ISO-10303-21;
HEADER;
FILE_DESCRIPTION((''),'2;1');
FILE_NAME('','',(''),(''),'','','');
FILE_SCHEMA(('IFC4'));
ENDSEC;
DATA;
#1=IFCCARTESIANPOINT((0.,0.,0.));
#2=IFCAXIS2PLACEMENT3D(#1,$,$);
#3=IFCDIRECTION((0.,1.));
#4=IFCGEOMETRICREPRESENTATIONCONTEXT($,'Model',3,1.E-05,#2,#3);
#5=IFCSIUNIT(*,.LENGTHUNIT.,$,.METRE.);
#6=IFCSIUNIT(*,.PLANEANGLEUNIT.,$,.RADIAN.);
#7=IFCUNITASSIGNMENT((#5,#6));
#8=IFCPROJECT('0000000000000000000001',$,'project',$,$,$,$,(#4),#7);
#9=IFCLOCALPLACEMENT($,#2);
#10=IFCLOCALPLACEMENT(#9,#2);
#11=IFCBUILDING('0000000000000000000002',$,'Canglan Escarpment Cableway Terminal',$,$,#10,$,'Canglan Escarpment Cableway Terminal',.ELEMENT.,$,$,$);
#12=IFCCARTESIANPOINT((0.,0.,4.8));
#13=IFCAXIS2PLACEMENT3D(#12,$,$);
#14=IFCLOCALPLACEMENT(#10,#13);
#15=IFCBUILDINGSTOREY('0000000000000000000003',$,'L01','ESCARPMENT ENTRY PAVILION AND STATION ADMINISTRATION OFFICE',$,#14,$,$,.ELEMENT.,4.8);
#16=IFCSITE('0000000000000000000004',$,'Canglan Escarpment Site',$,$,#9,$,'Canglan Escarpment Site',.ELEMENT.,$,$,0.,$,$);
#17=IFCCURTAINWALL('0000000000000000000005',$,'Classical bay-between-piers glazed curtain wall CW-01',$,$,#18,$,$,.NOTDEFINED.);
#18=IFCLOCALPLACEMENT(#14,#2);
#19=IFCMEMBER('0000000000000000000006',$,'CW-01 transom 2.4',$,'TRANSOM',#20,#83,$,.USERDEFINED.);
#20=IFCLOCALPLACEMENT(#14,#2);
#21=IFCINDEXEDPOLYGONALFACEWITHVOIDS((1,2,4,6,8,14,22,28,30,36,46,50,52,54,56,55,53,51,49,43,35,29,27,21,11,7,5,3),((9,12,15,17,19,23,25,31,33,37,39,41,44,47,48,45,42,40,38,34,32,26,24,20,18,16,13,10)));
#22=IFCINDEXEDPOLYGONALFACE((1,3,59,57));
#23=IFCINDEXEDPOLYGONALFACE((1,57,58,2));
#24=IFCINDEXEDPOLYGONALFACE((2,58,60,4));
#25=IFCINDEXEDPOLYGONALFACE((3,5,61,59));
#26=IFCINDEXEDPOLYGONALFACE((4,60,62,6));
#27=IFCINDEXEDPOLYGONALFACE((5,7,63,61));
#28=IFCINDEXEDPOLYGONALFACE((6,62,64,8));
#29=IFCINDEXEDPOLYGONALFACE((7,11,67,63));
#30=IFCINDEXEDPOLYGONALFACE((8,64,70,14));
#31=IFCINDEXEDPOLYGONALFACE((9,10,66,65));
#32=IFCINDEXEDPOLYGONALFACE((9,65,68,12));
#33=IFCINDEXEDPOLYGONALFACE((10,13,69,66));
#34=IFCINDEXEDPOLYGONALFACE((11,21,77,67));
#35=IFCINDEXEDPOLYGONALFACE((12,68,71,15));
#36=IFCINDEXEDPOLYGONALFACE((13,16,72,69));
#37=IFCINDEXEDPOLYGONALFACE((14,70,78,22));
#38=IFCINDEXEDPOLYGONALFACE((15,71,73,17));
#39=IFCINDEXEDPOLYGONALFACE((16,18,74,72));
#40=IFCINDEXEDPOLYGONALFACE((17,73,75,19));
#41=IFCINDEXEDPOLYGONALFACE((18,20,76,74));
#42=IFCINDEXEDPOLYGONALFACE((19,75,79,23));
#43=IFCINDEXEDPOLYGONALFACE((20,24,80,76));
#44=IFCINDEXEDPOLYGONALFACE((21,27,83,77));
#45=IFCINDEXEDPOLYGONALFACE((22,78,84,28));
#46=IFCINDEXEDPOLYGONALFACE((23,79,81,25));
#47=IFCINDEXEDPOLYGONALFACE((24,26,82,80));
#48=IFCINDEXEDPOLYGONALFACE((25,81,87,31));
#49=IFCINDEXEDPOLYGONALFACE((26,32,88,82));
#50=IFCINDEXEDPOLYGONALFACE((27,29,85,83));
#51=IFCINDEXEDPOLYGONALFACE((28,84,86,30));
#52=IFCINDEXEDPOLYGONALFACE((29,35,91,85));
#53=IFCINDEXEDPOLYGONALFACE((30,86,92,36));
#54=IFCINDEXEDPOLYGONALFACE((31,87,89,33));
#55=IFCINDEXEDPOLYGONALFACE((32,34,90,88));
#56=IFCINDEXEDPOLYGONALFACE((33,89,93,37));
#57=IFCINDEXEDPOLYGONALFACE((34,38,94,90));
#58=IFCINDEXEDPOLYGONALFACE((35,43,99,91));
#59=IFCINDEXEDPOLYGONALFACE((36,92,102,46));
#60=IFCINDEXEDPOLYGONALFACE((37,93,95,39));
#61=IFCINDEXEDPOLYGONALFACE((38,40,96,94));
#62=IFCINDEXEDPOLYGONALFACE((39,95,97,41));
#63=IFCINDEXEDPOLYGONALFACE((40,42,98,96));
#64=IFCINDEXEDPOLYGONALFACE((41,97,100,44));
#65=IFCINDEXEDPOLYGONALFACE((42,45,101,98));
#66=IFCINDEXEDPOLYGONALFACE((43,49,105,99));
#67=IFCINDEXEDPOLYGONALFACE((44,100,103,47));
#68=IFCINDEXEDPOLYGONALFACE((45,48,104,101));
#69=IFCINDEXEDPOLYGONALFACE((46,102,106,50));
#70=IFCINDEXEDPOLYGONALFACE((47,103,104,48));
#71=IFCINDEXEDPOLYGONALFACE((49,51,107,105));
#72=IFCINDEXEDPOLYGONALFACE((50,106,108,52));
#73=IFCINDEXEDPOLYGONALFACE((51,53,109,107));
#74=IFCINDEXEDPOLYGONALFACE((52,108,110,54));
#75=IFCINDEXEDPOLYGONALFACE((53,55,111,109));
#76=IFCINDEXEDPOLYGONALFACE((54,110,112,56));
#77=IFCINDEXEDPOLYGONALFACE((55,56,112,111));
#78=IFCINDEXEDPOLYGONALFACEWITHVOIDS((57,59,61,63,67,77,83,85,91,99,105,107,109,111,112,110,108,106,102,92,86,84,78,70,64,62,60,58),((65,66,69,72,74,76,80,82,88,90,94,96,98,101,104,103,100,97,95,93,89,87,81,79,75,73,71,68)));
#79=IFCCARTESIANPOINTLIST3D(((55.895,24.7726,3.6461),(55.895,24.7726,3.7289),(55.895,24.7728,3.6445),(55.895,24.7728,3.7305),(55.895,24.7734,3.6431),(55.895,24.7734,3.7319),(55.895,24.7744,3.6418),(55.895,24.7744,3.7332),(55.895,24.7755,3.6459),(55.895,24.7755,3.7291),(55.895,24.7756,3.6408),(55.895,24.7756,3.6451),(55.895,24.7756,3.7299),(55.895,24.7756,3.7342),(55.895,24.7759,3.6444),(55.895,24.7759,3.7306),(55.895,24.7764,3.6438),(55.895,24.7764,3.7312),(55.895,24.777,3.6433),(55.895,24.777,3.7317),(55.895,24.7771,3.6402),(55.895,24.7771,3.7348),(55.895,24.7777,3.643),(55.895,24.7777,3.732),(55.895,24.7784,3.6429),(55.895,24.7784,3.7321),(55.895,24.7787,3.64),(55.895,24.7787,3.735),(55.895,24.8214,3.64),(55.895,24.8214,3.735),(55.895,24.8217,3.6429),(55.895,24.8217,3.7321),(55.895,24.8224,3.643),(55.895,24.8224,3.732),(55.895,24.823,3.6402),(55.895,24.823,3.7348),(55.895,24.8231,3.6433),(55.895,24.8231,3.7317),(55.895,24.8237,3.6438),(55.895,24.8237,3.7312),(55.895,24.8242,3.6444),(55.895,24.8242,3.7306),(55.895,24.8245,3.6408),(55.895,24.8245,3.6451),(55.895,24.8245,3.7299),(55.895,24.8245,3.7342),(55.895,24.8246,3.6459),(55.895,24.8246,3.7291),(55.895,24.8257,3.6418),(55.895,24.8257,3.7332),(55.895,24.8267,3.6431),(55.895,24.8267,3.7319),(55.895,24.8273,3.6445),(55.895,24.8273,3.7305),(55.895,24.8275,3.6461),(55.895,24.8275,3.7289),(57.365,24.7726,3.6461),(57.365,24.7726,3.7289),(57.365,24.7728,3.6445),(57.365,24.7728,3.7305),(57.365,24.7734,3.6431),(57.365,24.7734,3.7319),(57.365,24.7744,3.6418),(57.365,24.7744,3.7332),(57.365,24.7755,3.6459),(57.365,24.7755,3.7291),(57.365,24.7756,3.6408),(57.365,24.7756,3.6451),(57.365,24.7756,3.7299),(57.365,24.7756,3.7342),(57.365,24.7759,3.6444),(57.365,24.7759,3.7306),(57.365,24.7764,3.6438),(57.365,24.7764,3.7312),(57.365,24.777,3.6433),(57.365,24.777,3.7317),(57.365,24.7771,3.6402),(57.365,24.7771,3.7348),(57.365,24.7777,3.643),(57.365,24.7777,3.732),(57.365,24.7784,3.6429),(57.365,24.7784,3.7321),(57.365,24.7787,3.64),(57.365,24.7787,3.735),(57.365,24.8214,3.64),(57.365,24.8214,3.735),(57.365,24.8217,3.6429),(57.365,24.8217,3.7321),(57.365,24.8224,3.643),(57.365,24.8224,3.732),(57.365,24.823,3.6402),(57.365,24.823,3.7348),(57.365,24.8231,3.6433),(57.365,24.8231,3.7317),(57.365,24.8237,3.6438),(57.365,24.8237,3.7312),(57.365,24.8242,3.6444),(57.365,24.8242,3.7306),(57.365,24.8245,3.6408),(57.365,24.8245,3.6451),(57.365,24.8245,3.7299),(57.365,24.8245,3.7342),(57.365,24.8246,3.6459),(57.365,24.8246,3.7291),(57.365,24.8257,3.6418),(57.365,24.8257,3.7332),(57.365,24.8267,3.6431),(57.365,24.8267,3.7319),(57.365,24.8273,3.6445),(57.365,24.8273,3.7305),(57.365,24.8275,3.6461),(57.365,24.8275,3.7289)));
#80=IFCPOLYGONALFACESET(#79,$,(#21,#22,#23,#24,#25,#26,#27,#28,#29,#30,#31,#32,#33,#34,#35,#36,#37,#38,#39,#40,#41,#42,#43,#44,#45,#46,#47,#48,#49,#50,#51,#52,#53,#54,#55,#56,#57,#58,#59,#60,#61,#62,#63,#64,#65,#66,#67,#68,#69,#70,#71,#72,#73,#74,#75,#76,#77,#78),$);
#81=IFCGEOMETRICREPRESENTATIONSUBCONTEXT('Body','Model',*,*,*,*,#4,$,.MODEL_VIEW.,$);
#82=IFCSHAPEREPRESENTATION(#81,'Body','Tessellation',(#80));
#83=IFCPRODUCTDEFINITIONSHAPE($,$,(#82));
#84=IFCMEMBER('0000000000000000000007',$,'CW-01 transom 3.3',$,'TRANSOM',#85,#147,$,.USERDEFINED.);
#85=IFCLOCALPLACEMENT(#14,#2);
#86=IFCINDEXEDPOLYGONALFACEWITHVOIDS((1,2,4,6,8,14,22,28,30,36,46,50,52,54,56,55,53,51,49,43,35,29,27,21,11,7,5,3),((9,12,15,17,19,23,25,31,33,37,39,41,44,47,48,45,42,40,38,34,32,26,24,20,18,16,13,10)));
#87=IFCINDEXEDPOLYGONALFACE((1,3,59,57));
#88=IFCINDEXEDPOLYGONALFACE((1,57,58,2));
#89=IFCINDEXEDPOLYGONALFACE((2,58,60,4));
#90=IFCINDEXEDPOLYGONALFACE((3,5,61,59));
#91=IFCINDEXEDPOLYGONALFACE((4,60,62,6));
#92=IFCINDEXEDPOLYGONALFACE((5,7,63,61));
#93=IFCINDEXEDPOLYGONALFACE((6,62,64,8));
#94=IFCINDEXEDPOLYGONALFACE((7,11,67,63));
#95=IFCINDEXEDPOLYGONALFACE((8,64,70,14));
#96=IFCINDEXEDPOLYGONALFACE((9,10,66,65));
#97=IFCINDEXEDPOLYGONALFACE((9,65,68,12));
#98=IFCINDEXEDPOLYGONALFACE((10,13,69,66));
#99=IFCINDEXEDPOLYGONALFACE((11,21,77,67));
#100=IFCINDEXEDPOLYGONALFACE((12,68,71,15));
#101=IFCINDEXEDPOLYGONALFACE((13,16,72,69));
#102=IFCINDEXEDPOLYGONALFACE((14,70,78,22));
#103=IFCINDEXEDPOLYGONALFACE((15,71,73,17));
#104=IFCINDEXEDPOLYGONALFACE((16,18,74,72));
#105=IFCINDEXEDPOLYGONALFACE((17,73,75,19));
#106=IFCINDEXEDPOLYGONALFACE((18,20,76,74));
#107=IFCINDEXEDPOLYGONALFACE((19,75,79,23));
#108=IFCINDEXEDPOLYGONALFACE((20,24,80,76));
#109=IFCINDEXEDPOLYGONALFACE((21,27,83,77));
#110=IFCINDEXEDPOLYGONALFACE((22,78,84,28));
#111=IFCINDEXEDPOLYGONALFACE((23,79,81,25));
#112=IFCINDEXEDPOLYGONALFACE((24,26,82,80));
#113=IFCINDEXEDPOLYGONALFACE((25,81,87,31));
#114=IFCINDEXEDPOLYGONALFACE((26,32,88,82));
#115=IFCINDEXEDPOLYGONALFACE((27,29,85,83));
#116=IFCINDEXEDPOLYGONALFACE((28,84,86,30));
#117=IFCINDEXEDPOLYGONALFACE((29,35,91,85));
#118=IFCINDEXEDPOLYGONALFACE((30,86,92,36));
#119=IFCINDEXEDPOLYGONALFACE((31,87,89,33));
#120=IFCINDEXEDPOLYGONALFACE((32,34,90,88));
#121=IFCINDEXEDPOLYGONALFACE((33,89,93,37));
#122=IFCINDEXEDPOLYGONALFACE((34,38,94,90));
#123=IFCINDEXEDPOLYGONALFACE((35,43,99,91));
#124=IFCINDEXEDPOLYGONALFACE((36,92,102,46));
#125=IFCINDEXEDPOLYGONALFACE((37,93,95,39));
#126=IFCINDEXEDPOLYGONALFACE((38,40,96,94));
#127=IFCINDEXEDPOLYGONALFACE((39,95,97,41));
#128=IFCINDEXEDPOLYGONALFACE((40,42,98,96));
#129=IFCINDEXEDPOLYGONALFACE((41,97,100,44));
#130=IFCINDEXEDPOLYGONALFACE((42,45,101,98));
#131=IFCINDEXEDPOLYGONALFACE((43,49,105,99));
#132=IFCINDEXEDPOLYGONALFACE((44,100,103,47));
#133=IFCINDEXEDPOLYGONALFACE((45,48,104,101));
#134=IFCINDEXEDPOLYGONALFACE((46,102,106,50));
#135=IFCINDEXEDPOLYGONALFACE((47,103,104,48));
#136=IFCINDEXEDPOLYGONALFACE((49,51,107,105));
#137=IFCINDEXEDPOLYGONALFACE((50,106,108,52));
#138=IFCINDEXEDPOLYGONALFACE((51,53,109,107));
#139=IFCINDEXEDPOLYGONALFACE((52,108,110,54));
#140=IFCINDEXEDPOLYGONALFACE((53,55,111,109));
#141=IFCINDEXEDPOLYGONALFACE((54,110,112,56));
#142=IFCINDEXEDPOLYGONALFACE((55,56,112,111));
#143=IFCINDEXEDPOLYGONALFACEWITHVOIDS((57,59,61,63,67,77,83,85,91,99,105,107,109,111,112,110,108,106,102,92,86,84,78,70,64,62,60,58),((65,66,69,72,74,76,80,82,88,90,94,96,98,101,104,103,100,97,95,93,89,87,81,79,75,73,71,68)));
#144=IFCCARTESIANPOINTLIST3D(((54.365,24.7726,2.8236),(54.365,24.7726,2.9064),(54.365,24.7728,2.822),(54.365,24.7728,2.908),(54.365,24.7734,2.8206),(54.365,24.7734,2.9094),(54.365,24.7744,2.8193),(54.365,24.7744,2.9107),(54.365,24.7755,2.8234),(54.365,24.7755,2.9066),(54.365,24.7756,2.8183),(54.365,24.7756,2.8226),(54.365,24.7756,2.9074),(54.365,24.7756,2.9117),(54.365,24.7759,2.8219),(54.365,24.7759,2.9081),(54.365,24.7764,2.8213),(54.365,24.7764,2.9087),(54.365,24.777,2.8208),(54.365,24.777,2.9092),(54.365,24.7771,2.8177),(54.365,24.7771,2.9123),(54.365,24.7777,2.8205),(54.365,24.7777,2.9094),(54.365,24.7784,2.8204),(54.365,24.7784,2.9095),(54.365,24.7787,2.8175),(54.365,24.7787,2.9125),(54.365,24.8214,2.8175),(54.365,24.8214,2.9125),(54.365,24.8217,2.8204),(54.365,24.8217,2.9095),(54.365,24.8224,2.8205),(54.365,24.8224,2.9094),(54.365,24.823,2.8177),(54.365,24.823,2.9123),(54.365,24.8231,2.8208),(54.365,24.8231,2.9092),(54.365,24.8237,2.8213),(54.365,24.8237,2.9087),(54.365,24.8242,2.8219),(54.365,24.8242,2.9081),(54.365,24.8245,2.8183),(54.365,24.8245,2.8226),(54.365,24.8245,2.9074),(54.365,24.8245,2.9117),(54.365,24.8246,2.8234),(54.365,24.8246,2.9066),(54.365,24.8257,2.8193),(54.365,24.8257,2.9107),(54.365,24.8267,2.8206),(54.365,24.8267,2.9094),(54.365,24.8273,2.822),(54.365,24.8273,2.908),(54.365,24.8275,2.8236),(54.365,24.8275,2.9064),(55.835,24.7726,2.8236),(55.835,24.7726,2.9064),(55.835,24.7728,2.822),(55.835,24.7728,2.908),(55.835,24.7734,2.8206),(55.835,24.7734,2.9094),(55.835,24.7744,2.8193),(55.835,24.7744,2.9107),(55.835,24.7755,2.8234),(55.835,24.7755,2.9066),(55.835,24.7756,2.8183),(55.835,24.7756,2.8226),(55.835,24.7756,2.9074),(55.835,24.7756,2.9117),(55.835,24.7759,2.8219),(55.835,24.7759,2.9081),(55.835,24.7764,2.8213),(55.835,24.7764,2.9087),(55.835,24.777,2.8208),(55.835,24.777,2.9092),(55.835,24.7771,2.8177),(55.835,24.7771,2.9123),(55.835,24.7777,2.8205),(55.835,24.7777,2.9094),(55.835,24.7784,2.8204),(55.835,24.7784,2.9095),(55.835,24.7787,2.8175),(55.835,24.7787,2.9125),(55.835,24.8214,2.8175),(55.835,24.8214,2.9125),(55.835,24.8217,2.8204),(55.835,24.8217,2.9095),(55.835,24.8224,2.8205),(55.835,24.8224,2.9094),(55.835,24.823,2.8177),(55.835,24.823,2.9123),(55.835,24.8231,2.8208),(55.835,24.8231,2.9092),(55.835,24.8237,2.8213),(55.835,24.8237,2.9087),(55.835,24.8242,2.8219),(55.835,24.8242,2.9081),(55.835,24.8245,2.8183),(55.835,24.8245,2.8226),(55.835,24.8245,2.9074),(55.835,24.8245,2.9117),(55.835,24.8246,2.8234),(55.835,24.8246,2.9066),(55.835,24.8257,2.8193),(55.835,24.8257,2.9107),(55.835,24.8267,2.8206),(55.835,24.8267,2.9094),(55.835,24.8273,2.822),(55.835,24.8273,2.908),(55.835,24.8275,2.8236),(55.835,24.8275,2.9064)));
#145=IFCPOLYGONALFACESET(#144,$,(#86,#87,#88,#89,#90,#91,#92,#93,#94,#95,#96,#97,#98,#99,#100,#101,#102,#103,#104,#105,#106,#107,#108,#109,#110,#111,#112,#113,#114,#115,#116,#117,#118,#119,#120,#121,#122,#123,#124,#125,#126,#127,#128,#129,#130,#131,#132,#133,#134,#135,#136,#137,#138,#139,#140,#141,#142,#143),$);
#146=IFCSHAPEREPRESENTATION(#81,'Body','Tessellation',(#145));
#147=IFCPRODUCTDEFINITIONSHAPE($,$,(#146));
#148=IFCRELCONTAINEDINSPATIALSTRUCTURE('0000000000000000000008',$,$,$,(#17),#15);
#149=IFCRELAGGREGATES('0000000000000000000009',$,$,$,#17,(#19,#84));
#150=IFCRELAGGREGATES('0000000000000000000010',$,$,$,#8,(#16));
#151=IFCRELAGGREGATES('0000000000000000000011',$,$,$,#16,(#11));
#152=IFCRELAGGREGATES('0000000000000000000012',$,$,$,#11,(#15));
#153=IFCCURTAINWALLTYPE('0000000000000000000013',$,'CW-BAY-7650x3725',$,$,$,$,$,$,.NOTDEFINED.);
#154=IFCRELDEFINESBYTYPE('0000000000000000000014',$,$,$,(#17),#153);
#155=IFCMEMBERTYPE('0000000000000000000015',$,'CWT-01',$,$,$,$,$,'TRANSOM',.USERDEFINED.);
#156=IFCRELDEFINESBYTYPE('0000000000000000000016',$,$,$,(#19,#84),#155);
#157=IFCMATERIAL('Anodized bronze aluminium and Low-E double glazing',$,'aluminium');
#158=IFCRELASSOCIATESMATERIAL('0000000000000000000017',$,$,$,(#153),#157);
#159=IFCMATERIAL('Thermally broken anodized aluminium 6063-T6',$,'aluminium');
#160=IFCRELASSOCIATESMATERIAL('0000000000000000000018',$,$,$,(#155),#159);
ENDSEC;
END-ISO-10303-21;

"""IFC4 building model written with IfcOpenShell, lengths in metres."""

from ifc_helpers import new_model, si_unit, direction, frame, origin, origin_2d, place, context, subcontext, project, spatial, hollow_rectangle, extrude, material, material_profile, profile_set, type_object, element, aggregate, save


model = new_model("IFC4")

# Units and contexts
model_context = context("Model", 3, precision=1e-05, world=origin(), true_north=direction((0.0, 1.0)))
body_context = subcontext(model_context, "Body", "Model", "MODEL_VIEW")
ifc_project = project(units=[si_unit("LENGTHUNIT", "METRE"), si_unit("PLANEANGLEUNIT", "RADIAN")], contexts=[model_context])

# Site, building, storey
site_placement = place(None, origin())
site = spatial("IfcSite", under=ifc_project, at=site_placement, Name="Canglan Escarpment Site", LongName="Canglan Escarpment Site", CompositionType="ELEMENT", RefElevation=0.0)
building_placement = place(site_placement, origin())
building = spatial("IfcBuilding", under=site, at=building_placement, Name="Canglan Escarpment Cableway Terminal", LongName="Canglan Escarpment Cableway Terminal", CompositionType="ELEMENT")
storey_placement = place(building_placement, frame((0.0, 0.0, 4.8)))
storey = spatial("IfcBuildingStorey", under=building, at=storey_placement, Name="L01", Description="ESCARPMENT ENTRY PAVILION AND STATION ADMINISTRATION OFFICE", CompositionType="ELEMENT", Elevation=4.8)

# Curtain wall, members
ifc_material_1 = material(Name="Anodized bronze aluminium and Low-E double glazing", Category="aluminium")
curtain_wall_type = type_object("IfcCurtainWallType", Name="CW-BAY-7650x3725", PredefinedType="NOTDEFINED", material=ifc_material_1)
curtain_wall_placement = place(storey_placement, origin())
curtain_wall = element("IfcCurtainWall", 1, at=curtain_wall_placement, inside=storey, type_object=curtain_wall_type, Name="Classical bay-between-piers glazed curtain wall CW-01", PredefinedType="NOTDEFINED")
ifc_material_2 = material(Name="Thermally broken anodized aluminium 6063-T6", Category="aluminium")
ifc_material_profile_1 = material_profile(ifc_material_2, hollow_rectangle(XDim=0.0549, YDim=0.095, WallThickness=0.0029, InnerFilletRadius=0.0029, OuterFilletRadius=0.0061, at=origin_2d()), Name="ALU-TRAN 55x95x3")
ifc_profile_set_1 = profile_set([ifc_material_profile_1], Name="Thermally broken anodized aluminium 6063-T6")
member_type_1 = type_object("IfcMemberType", Name="CWT-01", ElementType="TRANSOM", PredefinedType="USERDEFINED", material=ifc_profile_set_1)
member_1_placement = place(storey_placement, frame((57.365, 24.8, 3.6875), z_axis=(-1.0, 0.0, 0.0), x_axis=(0.0, -1.0, 0.0)))
member_1 = element("IfcMember", 2, at=member_1_placement, type_object=member_type_1, Name="CW-01 transom 2.4", ObjectType="TRANSOM", PredefinedType="USERDEFINED", context=body_context, shape_type="SweptSolid", body=[
    extrude(hollow_rectangle(XDim=0.0549, YDim=0.095, WallThickness=0.0029, InnerFilletRadius=0.0029, OuterFilletRadius=0.0061, at=origin_2d()), origin(), (0.0, 0.0, 1.0), 1.47),
])
member_2_placement = place(storey_placement, frame((55.835, 24.8, 2.865), z_axis=(-1.0, 0.0, 0.0), x_axis=(0.0, -1.0, 0.0)))
member_2 = element("IfcMember", 3, at=member_2_placement, type_object=member_type_1, Name="CW-01 transom 3.3", ObjectType="TRANSOM", PredefinedType="USERDEFINED", context=body_context, shape_type="SweptSolid", body=[
    extrude(hollow_rectangle(XDim=0.0549, YDim=0.095, WallThickness=0.0029, InnerFilletRadius=0.0029, OuterFilletRadius=0.0061, at=origin_2d()), origin(), (0.0, 0.0, 1.0), 1.47),
])

aggregate(curtain_wall, [member_1, member_2])

save(model, "model.ifc")
